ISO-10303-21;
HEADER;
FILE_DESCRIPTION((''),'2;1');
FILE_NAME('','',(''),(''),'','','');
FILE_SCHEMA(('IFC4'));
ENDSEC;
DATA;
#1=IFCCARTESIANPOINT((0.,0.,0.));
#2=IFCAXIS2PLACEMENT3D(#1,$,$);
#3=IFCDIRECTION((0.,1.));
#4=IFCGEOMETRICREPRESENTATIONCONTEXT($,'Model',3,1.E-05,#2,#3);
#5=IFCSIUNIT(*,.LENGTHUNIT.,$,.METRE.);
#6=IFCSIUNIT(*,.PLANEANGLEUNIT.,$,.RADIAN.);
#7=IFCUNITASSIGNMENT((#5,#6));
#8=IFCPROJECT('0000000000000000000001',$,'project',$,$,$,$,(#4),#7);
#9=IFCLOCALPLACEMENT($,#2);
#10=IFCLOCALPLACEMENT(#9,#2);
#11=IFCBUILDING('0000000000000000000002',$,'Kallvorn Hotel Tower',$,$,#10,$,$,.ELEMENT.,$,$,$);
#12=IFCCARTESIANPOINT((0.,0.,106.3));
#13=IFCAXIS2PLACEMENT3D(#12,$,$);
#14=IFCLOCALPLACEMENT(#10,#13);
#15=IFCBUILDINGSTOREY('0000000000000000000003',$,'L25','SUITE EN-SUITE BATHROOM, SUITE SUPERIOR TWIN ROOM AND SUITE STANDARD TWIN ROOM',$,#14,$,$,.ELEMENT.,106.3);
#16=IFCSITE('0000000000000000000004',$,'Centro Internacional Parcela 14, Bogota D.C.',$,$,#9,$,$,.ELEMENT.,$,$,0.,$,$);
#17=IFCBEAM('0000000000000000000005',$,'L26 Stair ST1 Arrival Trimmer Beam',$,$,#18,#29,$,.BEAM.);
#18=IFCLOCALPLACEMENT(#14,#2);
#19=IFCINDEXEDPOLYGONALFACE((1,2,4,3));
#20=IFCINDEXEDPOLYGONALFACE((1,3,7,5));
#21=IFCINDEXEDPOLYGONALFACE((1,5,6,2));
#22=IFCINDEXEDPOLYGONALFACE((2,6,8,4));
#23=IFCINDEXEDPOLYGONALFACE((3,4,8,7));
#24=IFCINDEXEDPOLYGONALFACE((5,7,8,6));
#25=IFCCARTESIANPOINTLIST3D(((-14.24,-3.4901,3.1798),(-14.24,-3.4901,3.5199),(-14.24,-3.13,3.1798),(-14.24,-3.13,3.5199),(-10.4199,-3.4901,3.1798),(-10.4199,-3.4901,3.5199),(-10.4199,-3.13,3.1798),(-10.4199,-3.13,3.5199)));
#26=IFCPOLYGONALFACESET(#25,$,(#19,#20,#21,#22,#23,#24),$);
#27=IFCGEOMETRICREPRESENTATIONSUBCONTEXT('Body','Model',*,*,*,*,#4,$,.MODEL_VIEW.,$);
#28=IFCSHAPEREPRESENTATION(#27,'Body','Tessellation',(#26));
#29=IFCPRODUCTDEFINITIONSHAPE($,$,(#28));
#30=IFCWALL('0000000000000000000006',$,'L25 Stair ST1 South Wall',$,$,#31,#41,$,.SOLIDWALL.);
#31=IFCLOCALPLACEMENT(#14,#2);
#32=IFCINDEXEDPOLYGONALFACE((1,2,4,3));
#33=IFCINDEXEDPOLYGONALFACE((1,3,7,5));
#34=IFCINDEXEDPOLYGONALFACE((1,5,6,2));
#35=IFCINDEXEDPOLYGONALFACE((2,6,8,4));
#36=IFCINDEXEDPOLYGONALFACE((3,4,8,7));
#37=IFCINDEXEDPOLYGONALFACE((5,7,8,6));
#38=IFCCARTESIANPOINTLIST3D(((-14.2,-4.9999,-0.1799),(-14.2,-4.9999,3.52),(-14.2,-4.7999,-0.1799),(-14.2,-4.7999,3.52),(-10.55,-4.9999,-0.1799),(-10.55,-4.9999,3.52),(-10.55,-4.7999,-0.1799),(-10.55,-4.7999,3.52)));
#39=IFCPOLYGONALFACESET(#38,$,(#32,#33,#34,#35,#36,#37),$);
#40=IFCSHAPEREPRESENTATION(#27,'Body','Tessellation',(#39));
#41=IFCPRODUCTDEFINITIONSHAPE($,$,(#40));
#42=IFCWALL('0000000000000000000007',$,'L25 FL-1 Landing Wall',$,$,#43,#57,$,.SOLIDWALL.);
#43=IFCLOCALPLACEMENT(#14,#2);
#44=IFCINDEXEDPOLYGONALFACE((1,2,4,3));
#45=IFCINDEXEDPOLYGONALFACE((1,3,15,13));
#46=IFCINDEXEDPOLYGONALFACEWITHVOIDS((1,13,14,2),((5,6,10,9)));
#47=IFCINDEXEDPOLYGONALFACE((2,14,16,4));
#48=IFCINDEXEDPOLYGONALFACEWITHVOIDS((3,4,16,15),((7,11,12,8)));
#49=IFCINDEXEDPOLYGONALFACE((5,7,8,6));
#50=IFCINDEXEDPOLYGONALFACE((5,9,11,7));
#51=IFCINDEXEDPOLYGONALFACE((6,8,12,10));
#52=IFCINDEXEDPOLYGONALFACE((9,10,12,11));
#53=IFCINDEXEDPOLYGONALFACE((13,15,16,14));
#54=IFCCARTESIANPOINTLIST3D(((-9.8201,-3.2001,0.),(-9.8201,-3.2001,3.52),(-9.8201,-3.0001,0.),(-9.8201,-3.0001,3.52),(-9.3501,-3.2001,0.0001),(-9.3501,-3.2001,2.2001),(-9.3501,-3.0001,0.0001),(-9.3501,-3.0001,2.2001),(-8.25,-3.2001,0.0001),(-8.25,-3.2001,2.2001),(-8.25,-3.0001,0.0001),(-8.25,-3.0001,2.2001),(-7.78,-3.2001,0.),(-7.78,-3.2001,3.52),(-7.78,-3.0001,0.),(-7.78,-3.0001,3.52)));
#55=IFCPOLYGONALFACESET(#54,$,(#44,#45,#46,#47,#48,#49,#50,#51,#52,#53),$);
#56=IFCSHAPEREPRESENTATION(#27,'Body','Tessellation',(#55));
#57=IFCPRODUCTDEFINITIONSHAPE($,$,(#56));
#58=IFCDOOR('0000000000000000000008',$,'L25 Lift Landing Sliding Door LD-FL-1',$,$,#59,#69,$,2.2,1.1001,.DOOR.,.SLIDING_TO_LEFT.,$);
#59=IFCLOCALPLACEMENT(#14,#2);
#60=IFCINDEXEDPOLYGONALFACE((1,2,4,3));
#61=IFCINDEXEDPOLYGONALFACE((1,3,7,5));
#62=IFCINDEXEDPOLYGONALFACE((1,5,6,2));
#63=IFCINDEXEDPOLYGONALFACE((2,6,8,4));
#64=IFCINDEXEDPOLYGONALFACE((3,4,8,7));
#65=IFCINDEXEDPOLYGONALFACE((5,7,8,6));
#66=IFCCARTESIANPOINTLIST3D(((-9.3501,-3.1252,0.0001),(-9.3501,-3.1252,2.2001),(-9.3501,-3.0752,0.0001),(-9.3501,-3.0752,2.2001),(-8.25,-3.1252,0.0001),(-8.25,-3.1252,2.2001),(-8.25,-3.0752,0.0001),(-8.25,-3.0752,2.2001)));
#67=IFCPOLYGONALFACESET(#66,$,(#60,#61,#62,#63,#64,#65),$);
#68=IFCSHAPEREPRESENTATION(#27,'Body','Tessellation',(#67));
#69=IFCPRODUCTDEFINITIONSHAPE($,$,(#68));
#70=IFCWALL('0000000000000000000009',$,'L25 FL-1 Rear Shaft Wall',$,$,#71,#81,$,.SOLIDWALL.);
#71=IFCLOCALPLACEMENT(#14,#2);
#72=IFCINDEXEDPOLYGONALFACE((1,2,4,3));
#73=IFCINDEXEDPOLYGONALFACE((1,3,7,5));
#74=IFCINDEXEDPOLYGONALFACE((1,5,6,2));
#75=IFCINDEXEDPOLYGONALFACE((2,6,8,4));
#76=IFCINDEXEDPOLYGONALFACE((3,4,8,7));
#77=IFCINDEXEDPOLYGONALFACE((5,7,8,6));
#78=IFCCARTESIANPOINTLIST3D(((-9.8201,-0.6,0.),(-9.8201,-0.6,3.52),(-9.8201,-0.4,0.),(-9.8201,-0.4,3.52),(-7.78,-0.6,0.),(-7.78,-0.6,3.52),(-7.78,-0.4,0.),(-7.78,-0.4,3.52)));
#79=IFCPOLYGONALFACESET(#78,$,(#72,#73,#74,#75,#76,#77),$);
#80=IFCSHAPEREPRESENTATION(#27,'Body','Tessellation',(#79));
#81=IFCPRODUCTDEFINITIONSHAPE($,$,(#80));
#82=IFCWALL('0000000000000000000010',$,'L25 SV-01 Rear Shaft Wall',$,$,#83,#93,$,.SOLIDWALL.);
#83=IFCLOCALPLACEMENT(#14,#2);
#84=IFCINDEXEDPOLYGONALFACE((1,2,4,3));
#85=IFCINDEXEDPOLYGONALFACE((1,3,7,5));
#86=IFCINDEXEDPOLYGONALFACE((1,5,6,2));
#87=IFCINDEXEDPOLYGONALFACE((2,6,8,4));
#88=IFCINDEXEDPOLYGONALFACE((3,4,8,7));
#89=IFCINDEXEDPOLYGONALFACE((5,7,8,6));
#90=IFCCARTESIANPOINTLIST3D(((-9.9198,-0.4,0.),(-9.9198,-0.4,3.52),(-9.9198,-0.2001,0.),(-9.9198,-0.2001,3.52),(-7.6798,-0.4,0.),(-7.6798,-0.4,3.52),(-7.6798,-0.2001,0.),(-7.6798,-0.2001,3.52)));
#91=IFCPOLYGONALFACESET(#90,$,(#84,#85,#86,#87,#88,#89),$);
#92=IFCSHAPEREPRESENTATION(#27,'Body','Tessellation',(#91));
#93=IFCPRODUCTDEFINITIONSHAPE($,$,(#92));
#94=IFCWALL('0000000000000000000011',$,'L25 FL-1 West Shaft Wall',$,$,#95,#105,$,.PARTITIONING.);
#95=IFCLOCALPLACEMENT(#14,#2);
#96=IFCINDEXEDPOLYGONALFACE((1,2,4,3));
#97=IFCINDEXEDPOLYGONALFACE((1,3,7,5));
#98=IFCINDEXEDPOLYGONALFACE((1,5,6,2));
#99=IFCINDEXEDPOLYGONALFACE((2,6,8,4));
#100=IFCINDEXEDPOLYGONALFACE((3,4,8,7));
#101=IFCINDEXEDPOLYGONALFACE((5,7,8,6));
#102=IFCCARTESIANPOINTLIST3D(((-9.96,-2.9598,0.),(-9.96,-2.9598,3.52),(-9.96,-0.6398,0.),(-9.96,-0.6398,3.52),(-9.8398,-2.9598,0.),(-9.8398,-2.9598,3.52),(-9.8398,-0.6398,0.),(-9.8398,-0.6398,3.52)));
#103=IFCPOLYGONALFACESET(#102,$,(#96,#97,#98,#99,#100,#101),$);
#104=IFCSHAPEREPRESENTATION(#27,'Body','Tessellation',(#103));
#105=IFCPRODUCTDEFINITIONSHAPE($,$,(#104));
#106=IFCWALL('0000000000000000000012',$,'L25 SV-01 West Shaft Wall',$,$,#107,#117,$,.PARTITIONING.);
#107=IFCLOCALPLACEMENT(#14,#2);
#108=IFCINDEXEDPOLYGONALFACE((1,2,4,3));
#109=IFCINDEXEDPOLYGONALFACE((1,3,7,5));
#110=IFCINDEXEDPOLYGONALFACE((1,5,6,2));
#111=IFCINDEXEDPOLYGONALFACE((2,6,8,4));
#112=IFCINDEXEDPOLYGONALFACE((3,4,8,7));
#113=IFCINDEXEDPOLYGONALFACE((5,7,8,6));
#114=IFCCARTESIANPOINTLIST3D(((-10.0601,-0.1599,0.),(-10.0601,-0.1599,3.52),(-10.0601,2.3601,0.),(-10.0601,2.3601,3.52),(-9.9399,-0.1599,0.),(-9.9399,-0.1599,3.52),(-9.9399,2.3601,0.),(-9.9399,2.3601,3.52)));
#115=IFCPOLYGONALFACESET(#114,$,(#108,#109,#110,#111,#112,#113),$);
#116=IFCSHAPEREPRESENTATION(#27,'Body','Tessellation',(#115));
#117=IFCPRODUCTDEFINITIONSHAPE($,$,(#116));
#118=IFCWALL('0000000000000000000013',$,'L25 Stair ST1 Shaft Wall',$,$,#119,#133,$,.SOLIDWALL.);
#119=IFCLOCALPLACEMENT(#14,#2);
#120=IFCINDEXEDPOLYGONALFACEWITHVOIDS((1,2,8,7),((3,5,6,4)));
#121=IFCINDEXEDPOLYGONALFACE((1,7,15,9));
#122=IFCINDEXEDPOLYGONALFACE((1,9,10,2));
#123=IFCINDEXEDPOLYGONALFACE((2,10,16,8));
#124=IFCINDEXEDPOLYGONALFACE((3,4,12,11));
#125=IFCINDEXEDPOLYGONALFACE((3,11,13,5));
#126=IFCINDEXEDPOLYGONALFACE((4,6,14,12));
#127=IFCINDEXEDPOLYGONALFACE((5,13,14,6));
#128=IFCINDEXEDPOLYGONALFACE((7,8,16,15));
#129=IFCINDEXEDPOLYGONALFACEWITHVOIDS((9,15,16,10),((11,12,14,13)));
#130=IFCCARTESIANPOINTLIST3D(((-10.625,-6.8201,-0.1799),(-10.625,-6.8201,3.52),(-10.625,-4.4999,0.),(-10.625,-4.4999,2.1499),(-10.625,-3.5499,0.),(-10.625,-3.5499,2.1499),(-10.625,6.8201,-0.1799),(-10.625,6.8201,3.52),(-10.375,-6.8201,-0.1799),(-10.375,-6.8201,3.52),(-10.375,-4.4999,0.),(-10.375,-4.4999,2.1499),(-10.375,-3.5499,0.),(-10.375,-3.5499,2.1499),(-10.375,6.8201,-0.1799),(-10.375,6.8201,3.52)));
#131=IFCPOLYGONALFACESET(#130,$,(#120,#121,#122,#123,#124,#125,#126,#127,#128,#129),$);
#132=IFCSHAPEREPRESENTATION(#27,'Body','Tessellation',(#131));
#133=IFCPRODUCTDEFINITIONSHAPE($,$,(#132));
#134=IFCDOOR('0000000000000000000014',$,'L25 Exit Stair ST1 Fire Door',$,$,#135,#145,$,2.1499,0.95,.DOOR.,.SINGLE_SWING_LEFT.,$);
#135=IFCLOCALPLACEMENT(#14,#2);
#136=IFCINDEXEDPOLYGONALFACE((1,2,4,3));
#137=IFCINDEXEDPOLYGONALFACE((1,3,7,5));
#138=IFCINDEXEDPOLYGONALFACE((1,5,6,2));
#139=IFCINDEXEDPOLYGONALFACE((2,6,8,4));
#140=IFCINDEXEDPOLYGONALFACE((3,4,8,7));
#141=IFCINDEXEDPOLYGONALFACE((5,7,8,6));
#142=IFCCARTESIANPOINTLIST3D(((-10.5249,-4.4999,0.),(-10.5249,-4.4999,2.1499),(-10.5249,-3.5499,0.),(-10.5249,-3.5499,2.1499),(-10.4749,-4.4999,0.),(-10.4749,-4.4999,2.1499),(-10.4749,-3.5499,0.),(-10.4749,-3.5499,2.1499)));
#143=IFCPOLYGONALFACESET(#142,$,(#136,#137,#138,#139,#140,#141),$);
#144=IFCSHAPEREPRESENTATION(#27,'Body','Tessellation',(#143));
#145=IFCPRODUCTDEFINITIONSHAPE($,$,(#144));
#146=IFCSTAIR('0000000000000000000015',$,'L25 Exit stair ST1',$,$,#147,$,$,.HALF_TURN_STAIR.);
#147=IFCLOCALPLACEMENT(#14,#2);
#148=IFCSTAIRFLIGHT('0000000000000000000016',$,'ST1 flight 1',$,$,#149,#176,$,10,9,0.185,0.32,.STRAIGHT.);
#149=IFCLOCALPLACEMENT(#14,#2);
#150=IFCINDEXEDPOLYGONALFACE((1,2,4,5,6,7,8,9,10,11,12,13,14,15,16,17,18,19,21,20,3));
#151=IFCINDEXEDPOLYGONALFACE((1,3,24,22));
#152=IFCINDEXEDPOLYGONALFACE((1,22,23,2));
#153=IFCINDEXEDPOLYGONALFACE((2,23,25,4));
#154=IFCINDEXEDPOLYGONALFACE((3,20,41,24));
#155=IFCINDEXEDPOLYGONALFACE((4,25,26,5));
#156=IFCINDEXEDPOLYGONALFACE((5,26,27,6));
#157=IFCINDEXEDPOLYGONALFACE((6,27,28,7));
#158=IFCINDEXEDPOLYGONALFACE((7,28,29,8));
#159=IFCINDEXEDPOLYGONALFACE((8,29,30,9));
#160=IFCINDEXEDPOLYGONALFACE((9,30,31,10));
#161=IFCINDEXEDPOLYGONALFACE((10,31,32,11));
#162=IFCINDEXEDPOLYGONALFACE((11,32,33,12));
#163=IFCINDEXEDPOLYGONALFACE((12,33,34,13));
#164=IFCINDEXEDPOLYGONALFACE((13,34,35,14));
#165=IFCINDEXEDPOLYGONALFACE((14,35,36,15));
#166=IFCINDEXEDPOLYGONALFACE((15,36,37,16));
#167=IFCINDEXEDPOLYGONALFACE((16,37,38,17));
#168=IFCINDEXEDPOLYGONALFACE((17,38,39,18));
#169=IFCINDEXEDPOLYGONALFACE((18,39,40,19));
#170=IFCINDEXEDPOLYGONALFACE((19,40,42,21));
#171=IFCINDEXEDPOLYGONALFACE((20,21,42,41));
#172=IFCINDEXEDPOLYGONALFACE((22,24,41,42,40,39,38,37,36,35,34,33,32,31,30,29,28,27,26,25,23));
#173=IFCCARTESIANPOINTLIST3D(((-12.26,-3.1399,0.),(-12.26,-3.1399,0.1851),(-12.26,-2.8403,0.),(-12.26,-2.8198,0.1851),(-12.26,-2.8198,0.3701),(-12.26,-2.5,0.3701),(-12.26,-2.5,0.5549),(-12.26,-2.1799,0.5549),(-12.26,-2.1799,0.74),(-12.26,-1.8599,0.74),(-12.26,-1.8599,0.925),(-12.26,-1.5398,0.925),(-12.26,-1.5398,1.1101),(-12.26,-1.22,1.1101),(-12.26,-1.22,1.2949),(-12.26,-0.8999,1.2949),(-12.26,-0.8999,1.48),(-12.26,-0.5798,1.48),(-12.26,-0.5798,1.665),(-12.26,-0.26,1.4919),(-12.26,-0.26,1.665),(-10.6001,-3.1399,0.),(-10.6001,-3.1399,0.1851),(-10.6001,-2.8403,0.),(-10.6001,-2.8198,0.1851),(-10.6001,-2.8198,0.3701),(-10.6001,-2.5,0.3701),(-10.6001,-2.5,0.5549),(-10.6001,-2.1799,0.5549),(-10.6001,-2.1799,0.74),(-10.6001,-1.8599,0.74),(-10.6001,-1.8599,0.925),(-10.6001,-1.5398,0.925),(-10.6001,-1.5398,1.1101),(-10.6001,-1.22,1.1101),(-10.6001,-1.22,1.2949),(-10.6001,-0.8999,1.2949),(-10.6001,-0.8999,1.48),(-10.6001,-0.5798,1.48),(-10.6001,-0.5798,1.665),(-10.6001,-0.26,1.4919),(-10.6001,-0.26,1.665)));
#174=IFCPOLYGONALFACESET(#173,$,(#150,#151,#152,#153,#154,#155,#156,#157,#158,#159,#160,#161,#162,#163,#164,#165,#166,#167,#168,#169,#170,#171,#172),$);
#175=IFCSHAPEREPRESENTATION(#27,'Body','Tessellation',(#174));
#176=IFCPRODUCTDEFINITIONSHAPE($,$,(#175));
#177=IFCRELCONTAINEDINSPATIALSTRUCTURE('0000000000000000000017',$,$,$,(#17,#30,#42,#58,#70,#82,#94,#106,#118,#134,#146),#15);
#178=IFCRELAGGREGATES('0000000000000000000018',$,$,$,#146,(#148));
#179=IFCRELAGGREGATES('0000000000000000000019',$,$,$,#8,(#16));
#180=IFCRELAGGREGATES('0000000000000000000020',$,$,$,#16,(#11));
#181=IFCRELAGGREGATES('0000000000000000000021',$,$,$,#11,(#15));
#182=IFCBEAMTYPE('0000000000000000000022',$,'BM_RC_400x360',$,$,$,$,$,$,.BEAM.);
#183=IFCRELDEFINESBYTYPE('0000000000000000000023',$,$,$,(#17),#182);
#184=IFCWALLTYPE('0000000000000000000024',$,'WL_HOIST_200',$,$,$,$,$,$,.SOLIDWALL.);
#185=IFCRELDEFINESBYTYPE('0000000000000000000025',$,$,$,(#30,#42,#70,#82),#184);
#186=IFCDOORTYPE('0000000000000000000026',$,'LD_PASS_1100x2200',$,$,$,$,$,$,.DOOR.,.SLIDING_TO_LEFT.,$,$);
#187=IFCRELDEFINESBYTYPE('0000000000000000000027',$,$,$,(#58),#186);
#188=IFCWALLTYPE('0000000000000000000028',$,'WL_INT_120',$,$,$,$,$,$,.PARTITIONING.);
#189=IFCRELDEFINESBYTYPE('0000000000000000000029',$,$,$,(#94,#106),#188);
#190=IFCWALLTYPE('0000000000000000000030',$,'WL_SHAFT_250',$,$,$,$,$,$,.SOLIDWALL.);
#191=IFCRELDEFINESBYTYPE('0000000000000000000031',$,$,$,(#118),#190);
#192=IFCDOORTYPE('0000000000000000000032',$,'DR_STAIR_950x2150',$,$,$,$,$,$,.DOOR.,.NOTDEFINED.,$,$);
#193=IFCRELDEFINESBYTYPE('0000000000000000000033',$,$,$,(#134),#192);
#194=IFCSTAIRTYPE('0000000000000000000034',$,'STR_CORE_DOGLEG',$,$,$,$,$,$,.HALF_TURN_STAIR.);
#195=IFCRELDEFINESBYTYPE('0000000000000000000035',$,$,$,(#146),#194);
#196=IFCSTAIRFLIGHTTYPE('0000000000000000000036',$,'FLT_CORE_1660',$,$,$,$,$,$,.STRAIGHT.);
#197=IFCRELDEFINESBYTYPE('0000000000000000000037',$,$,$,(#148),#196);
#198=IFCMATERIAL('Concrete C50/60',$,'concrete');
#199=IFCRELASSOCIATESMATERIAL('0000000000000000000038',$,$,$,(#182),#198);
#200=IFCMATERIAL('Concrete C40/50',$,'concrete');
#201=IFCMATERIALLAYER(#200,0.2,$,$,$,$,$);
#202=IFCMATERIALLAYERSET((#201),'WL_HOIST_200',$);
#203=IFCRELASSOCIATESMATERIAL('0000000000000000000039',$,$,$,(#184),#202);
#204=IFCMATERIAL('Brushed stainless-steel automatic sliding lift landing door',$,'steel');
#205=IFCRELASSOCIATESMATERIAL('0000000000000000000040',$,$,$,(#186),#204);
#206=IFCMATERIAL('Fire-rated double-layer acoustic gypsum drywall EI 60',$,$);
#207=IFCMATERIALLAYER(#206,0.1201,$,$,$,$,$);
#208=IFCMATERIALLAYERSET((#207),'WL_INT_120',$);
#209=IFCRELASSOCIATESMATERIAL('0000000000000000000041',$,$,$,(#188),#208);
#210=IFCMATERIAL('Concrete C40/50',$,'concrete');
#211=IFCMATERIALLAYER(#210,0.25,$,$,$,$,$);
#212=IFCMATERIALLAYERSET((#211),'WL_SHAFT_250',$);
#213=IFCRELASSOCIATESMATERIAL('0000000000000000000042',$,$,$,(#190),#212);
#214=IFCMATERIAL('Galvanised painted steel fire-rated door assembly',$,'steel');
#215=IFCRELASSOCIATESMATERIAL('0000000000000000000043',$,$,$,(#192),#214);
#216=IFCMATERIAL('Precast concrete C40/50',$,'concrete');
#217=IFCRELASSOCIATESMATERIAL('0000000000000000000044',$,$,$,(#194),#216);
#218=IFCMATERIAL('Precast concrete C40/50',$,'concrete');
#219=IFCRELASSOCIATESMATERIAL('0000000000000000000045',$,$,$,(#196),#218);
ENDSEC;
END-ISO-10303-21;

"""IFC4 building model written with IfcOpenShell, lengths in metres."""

from ifc_helpers import new_model, si_unit, direction, frame, frame_2d, origin, origin_2d, place, context, subcontext, project, spatial, polyline, rectangle, outline, extrude, material, layer, layer_set, material_profile, profile_set, type_object, element, fill, aggregate, save


model = new_model("IFC4")

# Units and contexts
model_context = context("Model", 3, precision=1e-05, world=origin(), true_north=direction((0.0, 1.0)))
body_context = subcontext(model_context, "Body", "Model", "MODEL_VIEW")
ifc_project = project(units=[si_unit("LENGTHUNIT", "METRE"), si_unit("PLANEANGLEUNIT", "RADIAN")], contexts=[model_context])

# Site, building, storey
site_placement = place(None, origin())
site = spatial("IfcSite", under=ifc_project, at=site_placement, Name="Centro Internacional Parcela 14, Bogota D.C.", CompositionType="ELEMENT", RefElevation=0.0)
building_placement = place(site_placement, origin())
building = spatial("IfcBuilding", under=site, at=building_placement, Name="Kallvorn Hotel Tower", CompositionType="ELEMENT")
storey_placement = place(building_placement, frame((0.0, 0.0, 106.3)))
storey = spatial("IfcBuildingStorey", under=building, at=storey_placement, Name="L25", Description="SUITE EN-SUITE BATHROOM, SUITE SUPERIOR TWIN ROOM AND SUITE STANDARD TWIN ROOM", CompositionType="ELEMENT", Elevation=106.3)

# Beam
ifc_material_1 = material(Name="Concrete C50/60", Category="concrete")
ifc_material_profile = material_profile(ifc_material_1, rectangle(XDim=0.3601, YDim=0.3401, at=origin_2d()), Name="RC 360x340")
ifc_profile_set = profile_set([ifc_material_profile], Name="Concrete C50/60")
beam_type = type_object("IfcBeamType", Name="BM_RC_400x360", PredefinedType="BEAM", material=ifc_profile_set)
beam_placement = place(storey_placement, frame((-10.4199, -3.3101, 3.3499), z_axis=(-1.0, 0.0, 0.0), x_axis=(0.0, -1.0, 0.0)))
element("IfcBeam", 1, at=beam_placement, inside=storey, type_object=beam_type, Name="L26 Stair ST1 Arrival Trimmer Beam", PredefinedType="BEAM", context=body_context, shape_type="SweptSolid", body=[
    extrude(rectangle(XDim=0.3601, YDim=0.3401, at=origin_2d()), origin(), (0.0, 0.0, 1.0), 3.8201),
])

# Wall
ifc_material_2 = material(Name="Concrete C40/50", Category="concrete")
ifc_layer_1 = layer(ifc_material_2, 0.2)
ifc_layer_set_1 = layer_set([ifc_layer_1], Name="WL_HOIST_200")
wall_type_1 = type_object("IfcWallType", Name="WL_HOIST_200", PredefinedType="SOLIDWALL", material=ifc_layer_set_1)
wall_1_placement = place(storey_placement, frame((-14.2, -4.8999, -0.1799), z_axis=(0.0, 0.0, 1.0), x_axis=(1.0, 0.0, 0.0)))
element("IfcWall", 2, at=wall_1_placement, inside=storey, type_object=wall_type_1, Name="L25 Stair ST1 South Wall", PredefinedType="SOLIDWALL", context=body_context, shape_type="SweptSolid", body=[
    extrude(rectangle(XDim=3.6499, YDim=0.2, at=frame_2d((1.825, 0.0))), origin(), (0.0, 0.0, 1.0), 3.7),
])

# Wall, opening, door
wall_2_placement = place(storey_placement, frame((-9.8201, -3.1001, 0.0), z_axis=(0.0, 0.0, 1.0), x_axis=(1.0, 0.0, 0.0)))
wall_2 = element("IfcWall", 3, at=wall_2_placement, inside=storey, type_object=wall_type_1, Name="L25 FL-1 Landing Wall", PredefinedType="SOLIDWALL", context=body_context, shape_type="SweptSolid", body=[
    extrude(rectangle(XDim=2.04, YDim=0.2, at=frame_2d((1.02, 0.0))), origin(), (0.0, 0.0, 1.0), 3.52),
])
opening_1_placement = place(wall_2_placement, frame((0.47, 0.0, 0.0)))
opening_1 = element("IfcOpeningElement", 4, at=opening_1_placement, cuts=wall_2, PredefinedType="OPENING", context=body_context, shape_type="SweptSolid", body=[
    extrude(rectangle(XDim=1.1001, YDim=2.2, at=frame_2d((0.55, 1.1001))), frame((0.0, 0.115, 0.0), z_axis=(0.0, -1.0, 0.0), x_axis=(1.0, 0.0, 0.0)), (0.0, 0.0, 1.0), 0.23),
])
ifc_material_3 = material(Name="Brushed stainless-steel automatic sliding lift landing door", Category="steel")
door_type_1 = type_object("IfcDoorType", Name="LD_PASS_1100x2200", OperationType="SLIDING_TO_LEFT", PredefinedType="DOOR", material=ifc_material_3)
door_1_placement = place(opening_1_placement, origin())
door_1 = element("IfcDoor", 5, at=door_1_placement, inside=storey, type_object=door_type_1, Name="L25 Lift Landing Sliding Door LD-FL-1", OperationType="SLIDING_TO_LEFT", OverallHeight=2.2, OverallWidth=1.1001, PredefinedType="DOOR", context=body_context, shape_type="SweptSolid", body=[
    extrude(rectangle(XDim=1.1001, YDim=2.2, at=frame_2d((0.55, 1.1001))), frame((0.0, 0.0249, 0.0), z_axis=(0.0, -1.0, 0.0), x_axis=(1.0, 0.0, 0.0)), (0.0, 0.0, 1.0), 0.05),
])
fill(opening_1, door_1)

# Walls
wall_3_placement = place(storey_placement, frame((-9.8201, -0.5, 0.0), z_axis=(0.0, 0.0, 1.0), x_axis=(1.0, 0.0, 0.0)))
element("IfcWall", 6, at=wall_3_placement, inside=storey, type_object=wall_type_1, Name="L25 FL-1 Rear Shaft Wall", PredefinedType="SOLIDWALL", context=body_context, shape_type="SweptSolid", body=[
    extrude(rectangle(XDim=2.04, YDim=0.2, at=frame_2d((1.02, 0.0))), origin(), (0.0, 0.0, 1.0), 3.52),
])
wall_4_placement = place(storey_placement, frame((-9.9199, -0.3, 0.0), z_axis=(0.0, 0.0, 1.0), x_axis=(1.0, 0.0, 0.0)))
element("IfcWall", 7, at=wall_4_placement, inside=storey, type_object=wall_type_1, Name="L25 SV-01 Rear Shaft Wall", PredefinedType="SOLIDWALL", context=body_context, shape_type="SweptSolid", body=[
    extrude(rectangle(XDim=2.24, YDim=0.2, at=frame_2d((1.1201, 0.0))), origin(), (0.0, 0.0, 1.0), 3.52),
])
ifc_material_4 = material(Name="Fire-rated double-layer acoustic gypsum drywall EI 60")
ifc_layer_2 = layer(ifc_material_4, 0.1201)
ifc_layer_set_2 = layer_set([ifc_layer_2], Name="WL_INT_120")
wall_type_2 = type_object("IfcWallType", Name="WL_INT_120", PredefinedType="PARTITIONING", material=ifc_layer_set_2)
wall_5_placement = place(storey_placement, frame((-9.8999, -2.96, 0.0), z_axis=(0.0, 0.0, 1.0), x_axis=(0.0, 1.0, 0.0)))
element("IfcWall", 8, at=wall_5_placement, inside=storey, type_object=wall_type_2, Name="L25 FL-1 West Shaft Wall", PredefinedType="PARTITIONING", context=body_context, shape_type="SweptSolid", body=[
    extrude(rectangle(XDim=2.3201, YDim=0.1201, at=frame_2d((1.1602, 0.0))), origin(), (0.0, 0.0, 1.0), 3.52),
])
wall_6_placement = place(storey_placement, frame((-10.0, -0.1599, 0.0), z_axis=(0.0, 0.0, 1.0), x_axis=(0.0, 1.0, 0.0)))
element("IfcWall", 9, at=wall_6_placement, inside=storey, type_object=wall_type_2, Name="L25 SV-01 West Shaft Wall", PredefinedType="PARTITIONING", context=body_context, shape_type="SweptSolid", body=[
    extrude(rectangle(XDim=2.52, YDim=0.1201, at=frame_2d((1.26, 0.0))), origin(), (0.0, 0.0, 1.0), 3.52),
])

# Wall, opening, door
ifc_material_5 = material(Name="Concrete C40/50", Category="concrete")
ifc_layer_3 = layer(ifc_material_5, 0.25)
ifc_layer_set_3 = layer_set([ifc_layer_3], Name="WL_SHAFT_250")
wall_type_3 = type_object("IfcWallType", Name="WL_SHAFT_250", PredefinedType="SOLIDWALL", material=ifc_layer_set_3)
wall_7_placement = place(storey_placement, frame((-10.5, -6.8201, -0.1799), z_axis=(0.0, 0.0, 1.0), x_axis=(0.0, 1.0, 0.0)))
wall_7 = element("IfcWall", 10, at=wall_7_placement, inside=storey, type_object=wall_type_3, Name="L25 Stair ST1 Shaft Wall", PredefinedType="SOLIDWALL", context=body_context, shape_type="SweptSolid", body=[
    extrude(rectangle(XDim=13.6401, YDim=0.25, at=frame_2d((6.8201, 0.0))), origin(), (0.0, 0.0, 1.0), 3.7),
])
opening_2_placement = place(wall_7_placement, frame((2.3201, 0.0, 0.1799)))
opening_2 = element("IfcOpeningElement", 11, at=opening_2_placement, cuts=wall_7, PredefinedType="OPENING", context=body_context, shape_type="SweptSolid", body=[
    extrude(rectangle(XDim=0.95, YDim=2.1499, at=frame_2d((0.4751, 1.075))), frame((0.0, 0.1399, 0.0), z_axis=(0.0, -1.0, 0.0), x_axis=(1.0, 0.0, 0.0)), (0.0, 0.0, 1.0), 0.28),
])
ifc_material_6 = material(Name="Galvanised painted steel fire-rated door assembly", Category="steel")
door_type_2 = type_object("IfcDoorType", Name="DR_STAIR_950x2150", OperationType="NOTDEFINED", PredefinedType="DOOR", material=ifc_material_6)
door_2_placement = place(opening_2_placement, origin())
door_2 = element("IfcDoor", 12, at=door_2_placement, inside=storey, type_object=door_type_2, Name="L25 Exit Stair ST1 Fire Door", OperationType="SINGLE_SWING_LEFT", OverallHeight=2.1499, OverallWidth=0.95, PredefinedType="DOOR", context=body_context, shape_type="SweptSolid", body=[
    extrude(rectangle(XDim=0.95, YDim=2.1499, at=frame_2d((0.4751, 1.075))), frame((0.0, 0.0249, 0.0), z_axis=(0.0, -1.0, 0.0), x_axis=(1.0, 0.0, 0.0)), (0.0, 0.0, 1.0), 0.05),
])
fill(opening_2, door_2)

# Stair, stair flight
ifc_material_7 = material(Name="Precast concrete C40/50", Category="concrete")
stair_type = type_object("IfcStairType", Name="STR_CORE_DOGLEG", PredefinedType="HALF_TURN_STAIR", material=ifc_material_7)
stair_placement = place(storey_placement, origin())
stair = element("IfcStair", 13, at=stair_placement, inside=storey, type_object=stair_type, Name="L25 Exit stair ST1", PredefinedType="HALF_TURN_STAIR")
ifc_material_8 = material(Name="Precast concrete C40/50", Category="concrete")
stair_flight_type = type_object("IfcStairFlightType", Name="FLT_CORE_1660", PredefinedType="STRAIGHT", material=ifc_material_8)
stair_flight_1_placement = place(storey_placement, frame((-11.4299, -3.1399, 0.0), z_axis=(0.0, 0.0, 1.0), x_axis=(0.0, 1.0, 0.0)))
stair_flight_1 = element("IfcStairFlight", 14, at=stair_flight_1_placement, type_object=stair_flight_type, Name="ST1 flight 1", NumberOfRisers=10, NumberOfTreads=9, PredefinedType="STRAIGHT", RiserHeight=0.185, TreadLength=0.32, context=body_context, shape_type="SweptSolid", body=[
    extrude(outline(polyline([(0.0, 0.0), (0.0, 0.1851), (0.3201, 0.1851), (0.3201, 0.3701), (0.6399, 0.3701), (0.6399, 0.5549), (0.96, 0.5549), (0.96, 0.74), (1.28, 0.74), (1.28, 0.925), (1.6001, 0.925), (1.6001, 1.1101), (1.9199, 1.1101), (1.9199, 1.2949), (2.24, 1.2949), (2.24, 1.48), (2.5601, 1.48), (2.5601, 1.665), (2.8799, 1.665), (2.8799, 1.8501), (2.8799, 1.4919), (0.2996, 0.0), (0.0, 0.0)])), frame((0.0, 0.8301, 0.0), z_axis=(0.0, -1.0, 0.0), x_axis=(1.0, 0.0, 0.0)), (0.0, 0.0, 1.0), 1.6599),
])
aggregate(stair, [stair_flight_1])

save(model, "model.ifc")
